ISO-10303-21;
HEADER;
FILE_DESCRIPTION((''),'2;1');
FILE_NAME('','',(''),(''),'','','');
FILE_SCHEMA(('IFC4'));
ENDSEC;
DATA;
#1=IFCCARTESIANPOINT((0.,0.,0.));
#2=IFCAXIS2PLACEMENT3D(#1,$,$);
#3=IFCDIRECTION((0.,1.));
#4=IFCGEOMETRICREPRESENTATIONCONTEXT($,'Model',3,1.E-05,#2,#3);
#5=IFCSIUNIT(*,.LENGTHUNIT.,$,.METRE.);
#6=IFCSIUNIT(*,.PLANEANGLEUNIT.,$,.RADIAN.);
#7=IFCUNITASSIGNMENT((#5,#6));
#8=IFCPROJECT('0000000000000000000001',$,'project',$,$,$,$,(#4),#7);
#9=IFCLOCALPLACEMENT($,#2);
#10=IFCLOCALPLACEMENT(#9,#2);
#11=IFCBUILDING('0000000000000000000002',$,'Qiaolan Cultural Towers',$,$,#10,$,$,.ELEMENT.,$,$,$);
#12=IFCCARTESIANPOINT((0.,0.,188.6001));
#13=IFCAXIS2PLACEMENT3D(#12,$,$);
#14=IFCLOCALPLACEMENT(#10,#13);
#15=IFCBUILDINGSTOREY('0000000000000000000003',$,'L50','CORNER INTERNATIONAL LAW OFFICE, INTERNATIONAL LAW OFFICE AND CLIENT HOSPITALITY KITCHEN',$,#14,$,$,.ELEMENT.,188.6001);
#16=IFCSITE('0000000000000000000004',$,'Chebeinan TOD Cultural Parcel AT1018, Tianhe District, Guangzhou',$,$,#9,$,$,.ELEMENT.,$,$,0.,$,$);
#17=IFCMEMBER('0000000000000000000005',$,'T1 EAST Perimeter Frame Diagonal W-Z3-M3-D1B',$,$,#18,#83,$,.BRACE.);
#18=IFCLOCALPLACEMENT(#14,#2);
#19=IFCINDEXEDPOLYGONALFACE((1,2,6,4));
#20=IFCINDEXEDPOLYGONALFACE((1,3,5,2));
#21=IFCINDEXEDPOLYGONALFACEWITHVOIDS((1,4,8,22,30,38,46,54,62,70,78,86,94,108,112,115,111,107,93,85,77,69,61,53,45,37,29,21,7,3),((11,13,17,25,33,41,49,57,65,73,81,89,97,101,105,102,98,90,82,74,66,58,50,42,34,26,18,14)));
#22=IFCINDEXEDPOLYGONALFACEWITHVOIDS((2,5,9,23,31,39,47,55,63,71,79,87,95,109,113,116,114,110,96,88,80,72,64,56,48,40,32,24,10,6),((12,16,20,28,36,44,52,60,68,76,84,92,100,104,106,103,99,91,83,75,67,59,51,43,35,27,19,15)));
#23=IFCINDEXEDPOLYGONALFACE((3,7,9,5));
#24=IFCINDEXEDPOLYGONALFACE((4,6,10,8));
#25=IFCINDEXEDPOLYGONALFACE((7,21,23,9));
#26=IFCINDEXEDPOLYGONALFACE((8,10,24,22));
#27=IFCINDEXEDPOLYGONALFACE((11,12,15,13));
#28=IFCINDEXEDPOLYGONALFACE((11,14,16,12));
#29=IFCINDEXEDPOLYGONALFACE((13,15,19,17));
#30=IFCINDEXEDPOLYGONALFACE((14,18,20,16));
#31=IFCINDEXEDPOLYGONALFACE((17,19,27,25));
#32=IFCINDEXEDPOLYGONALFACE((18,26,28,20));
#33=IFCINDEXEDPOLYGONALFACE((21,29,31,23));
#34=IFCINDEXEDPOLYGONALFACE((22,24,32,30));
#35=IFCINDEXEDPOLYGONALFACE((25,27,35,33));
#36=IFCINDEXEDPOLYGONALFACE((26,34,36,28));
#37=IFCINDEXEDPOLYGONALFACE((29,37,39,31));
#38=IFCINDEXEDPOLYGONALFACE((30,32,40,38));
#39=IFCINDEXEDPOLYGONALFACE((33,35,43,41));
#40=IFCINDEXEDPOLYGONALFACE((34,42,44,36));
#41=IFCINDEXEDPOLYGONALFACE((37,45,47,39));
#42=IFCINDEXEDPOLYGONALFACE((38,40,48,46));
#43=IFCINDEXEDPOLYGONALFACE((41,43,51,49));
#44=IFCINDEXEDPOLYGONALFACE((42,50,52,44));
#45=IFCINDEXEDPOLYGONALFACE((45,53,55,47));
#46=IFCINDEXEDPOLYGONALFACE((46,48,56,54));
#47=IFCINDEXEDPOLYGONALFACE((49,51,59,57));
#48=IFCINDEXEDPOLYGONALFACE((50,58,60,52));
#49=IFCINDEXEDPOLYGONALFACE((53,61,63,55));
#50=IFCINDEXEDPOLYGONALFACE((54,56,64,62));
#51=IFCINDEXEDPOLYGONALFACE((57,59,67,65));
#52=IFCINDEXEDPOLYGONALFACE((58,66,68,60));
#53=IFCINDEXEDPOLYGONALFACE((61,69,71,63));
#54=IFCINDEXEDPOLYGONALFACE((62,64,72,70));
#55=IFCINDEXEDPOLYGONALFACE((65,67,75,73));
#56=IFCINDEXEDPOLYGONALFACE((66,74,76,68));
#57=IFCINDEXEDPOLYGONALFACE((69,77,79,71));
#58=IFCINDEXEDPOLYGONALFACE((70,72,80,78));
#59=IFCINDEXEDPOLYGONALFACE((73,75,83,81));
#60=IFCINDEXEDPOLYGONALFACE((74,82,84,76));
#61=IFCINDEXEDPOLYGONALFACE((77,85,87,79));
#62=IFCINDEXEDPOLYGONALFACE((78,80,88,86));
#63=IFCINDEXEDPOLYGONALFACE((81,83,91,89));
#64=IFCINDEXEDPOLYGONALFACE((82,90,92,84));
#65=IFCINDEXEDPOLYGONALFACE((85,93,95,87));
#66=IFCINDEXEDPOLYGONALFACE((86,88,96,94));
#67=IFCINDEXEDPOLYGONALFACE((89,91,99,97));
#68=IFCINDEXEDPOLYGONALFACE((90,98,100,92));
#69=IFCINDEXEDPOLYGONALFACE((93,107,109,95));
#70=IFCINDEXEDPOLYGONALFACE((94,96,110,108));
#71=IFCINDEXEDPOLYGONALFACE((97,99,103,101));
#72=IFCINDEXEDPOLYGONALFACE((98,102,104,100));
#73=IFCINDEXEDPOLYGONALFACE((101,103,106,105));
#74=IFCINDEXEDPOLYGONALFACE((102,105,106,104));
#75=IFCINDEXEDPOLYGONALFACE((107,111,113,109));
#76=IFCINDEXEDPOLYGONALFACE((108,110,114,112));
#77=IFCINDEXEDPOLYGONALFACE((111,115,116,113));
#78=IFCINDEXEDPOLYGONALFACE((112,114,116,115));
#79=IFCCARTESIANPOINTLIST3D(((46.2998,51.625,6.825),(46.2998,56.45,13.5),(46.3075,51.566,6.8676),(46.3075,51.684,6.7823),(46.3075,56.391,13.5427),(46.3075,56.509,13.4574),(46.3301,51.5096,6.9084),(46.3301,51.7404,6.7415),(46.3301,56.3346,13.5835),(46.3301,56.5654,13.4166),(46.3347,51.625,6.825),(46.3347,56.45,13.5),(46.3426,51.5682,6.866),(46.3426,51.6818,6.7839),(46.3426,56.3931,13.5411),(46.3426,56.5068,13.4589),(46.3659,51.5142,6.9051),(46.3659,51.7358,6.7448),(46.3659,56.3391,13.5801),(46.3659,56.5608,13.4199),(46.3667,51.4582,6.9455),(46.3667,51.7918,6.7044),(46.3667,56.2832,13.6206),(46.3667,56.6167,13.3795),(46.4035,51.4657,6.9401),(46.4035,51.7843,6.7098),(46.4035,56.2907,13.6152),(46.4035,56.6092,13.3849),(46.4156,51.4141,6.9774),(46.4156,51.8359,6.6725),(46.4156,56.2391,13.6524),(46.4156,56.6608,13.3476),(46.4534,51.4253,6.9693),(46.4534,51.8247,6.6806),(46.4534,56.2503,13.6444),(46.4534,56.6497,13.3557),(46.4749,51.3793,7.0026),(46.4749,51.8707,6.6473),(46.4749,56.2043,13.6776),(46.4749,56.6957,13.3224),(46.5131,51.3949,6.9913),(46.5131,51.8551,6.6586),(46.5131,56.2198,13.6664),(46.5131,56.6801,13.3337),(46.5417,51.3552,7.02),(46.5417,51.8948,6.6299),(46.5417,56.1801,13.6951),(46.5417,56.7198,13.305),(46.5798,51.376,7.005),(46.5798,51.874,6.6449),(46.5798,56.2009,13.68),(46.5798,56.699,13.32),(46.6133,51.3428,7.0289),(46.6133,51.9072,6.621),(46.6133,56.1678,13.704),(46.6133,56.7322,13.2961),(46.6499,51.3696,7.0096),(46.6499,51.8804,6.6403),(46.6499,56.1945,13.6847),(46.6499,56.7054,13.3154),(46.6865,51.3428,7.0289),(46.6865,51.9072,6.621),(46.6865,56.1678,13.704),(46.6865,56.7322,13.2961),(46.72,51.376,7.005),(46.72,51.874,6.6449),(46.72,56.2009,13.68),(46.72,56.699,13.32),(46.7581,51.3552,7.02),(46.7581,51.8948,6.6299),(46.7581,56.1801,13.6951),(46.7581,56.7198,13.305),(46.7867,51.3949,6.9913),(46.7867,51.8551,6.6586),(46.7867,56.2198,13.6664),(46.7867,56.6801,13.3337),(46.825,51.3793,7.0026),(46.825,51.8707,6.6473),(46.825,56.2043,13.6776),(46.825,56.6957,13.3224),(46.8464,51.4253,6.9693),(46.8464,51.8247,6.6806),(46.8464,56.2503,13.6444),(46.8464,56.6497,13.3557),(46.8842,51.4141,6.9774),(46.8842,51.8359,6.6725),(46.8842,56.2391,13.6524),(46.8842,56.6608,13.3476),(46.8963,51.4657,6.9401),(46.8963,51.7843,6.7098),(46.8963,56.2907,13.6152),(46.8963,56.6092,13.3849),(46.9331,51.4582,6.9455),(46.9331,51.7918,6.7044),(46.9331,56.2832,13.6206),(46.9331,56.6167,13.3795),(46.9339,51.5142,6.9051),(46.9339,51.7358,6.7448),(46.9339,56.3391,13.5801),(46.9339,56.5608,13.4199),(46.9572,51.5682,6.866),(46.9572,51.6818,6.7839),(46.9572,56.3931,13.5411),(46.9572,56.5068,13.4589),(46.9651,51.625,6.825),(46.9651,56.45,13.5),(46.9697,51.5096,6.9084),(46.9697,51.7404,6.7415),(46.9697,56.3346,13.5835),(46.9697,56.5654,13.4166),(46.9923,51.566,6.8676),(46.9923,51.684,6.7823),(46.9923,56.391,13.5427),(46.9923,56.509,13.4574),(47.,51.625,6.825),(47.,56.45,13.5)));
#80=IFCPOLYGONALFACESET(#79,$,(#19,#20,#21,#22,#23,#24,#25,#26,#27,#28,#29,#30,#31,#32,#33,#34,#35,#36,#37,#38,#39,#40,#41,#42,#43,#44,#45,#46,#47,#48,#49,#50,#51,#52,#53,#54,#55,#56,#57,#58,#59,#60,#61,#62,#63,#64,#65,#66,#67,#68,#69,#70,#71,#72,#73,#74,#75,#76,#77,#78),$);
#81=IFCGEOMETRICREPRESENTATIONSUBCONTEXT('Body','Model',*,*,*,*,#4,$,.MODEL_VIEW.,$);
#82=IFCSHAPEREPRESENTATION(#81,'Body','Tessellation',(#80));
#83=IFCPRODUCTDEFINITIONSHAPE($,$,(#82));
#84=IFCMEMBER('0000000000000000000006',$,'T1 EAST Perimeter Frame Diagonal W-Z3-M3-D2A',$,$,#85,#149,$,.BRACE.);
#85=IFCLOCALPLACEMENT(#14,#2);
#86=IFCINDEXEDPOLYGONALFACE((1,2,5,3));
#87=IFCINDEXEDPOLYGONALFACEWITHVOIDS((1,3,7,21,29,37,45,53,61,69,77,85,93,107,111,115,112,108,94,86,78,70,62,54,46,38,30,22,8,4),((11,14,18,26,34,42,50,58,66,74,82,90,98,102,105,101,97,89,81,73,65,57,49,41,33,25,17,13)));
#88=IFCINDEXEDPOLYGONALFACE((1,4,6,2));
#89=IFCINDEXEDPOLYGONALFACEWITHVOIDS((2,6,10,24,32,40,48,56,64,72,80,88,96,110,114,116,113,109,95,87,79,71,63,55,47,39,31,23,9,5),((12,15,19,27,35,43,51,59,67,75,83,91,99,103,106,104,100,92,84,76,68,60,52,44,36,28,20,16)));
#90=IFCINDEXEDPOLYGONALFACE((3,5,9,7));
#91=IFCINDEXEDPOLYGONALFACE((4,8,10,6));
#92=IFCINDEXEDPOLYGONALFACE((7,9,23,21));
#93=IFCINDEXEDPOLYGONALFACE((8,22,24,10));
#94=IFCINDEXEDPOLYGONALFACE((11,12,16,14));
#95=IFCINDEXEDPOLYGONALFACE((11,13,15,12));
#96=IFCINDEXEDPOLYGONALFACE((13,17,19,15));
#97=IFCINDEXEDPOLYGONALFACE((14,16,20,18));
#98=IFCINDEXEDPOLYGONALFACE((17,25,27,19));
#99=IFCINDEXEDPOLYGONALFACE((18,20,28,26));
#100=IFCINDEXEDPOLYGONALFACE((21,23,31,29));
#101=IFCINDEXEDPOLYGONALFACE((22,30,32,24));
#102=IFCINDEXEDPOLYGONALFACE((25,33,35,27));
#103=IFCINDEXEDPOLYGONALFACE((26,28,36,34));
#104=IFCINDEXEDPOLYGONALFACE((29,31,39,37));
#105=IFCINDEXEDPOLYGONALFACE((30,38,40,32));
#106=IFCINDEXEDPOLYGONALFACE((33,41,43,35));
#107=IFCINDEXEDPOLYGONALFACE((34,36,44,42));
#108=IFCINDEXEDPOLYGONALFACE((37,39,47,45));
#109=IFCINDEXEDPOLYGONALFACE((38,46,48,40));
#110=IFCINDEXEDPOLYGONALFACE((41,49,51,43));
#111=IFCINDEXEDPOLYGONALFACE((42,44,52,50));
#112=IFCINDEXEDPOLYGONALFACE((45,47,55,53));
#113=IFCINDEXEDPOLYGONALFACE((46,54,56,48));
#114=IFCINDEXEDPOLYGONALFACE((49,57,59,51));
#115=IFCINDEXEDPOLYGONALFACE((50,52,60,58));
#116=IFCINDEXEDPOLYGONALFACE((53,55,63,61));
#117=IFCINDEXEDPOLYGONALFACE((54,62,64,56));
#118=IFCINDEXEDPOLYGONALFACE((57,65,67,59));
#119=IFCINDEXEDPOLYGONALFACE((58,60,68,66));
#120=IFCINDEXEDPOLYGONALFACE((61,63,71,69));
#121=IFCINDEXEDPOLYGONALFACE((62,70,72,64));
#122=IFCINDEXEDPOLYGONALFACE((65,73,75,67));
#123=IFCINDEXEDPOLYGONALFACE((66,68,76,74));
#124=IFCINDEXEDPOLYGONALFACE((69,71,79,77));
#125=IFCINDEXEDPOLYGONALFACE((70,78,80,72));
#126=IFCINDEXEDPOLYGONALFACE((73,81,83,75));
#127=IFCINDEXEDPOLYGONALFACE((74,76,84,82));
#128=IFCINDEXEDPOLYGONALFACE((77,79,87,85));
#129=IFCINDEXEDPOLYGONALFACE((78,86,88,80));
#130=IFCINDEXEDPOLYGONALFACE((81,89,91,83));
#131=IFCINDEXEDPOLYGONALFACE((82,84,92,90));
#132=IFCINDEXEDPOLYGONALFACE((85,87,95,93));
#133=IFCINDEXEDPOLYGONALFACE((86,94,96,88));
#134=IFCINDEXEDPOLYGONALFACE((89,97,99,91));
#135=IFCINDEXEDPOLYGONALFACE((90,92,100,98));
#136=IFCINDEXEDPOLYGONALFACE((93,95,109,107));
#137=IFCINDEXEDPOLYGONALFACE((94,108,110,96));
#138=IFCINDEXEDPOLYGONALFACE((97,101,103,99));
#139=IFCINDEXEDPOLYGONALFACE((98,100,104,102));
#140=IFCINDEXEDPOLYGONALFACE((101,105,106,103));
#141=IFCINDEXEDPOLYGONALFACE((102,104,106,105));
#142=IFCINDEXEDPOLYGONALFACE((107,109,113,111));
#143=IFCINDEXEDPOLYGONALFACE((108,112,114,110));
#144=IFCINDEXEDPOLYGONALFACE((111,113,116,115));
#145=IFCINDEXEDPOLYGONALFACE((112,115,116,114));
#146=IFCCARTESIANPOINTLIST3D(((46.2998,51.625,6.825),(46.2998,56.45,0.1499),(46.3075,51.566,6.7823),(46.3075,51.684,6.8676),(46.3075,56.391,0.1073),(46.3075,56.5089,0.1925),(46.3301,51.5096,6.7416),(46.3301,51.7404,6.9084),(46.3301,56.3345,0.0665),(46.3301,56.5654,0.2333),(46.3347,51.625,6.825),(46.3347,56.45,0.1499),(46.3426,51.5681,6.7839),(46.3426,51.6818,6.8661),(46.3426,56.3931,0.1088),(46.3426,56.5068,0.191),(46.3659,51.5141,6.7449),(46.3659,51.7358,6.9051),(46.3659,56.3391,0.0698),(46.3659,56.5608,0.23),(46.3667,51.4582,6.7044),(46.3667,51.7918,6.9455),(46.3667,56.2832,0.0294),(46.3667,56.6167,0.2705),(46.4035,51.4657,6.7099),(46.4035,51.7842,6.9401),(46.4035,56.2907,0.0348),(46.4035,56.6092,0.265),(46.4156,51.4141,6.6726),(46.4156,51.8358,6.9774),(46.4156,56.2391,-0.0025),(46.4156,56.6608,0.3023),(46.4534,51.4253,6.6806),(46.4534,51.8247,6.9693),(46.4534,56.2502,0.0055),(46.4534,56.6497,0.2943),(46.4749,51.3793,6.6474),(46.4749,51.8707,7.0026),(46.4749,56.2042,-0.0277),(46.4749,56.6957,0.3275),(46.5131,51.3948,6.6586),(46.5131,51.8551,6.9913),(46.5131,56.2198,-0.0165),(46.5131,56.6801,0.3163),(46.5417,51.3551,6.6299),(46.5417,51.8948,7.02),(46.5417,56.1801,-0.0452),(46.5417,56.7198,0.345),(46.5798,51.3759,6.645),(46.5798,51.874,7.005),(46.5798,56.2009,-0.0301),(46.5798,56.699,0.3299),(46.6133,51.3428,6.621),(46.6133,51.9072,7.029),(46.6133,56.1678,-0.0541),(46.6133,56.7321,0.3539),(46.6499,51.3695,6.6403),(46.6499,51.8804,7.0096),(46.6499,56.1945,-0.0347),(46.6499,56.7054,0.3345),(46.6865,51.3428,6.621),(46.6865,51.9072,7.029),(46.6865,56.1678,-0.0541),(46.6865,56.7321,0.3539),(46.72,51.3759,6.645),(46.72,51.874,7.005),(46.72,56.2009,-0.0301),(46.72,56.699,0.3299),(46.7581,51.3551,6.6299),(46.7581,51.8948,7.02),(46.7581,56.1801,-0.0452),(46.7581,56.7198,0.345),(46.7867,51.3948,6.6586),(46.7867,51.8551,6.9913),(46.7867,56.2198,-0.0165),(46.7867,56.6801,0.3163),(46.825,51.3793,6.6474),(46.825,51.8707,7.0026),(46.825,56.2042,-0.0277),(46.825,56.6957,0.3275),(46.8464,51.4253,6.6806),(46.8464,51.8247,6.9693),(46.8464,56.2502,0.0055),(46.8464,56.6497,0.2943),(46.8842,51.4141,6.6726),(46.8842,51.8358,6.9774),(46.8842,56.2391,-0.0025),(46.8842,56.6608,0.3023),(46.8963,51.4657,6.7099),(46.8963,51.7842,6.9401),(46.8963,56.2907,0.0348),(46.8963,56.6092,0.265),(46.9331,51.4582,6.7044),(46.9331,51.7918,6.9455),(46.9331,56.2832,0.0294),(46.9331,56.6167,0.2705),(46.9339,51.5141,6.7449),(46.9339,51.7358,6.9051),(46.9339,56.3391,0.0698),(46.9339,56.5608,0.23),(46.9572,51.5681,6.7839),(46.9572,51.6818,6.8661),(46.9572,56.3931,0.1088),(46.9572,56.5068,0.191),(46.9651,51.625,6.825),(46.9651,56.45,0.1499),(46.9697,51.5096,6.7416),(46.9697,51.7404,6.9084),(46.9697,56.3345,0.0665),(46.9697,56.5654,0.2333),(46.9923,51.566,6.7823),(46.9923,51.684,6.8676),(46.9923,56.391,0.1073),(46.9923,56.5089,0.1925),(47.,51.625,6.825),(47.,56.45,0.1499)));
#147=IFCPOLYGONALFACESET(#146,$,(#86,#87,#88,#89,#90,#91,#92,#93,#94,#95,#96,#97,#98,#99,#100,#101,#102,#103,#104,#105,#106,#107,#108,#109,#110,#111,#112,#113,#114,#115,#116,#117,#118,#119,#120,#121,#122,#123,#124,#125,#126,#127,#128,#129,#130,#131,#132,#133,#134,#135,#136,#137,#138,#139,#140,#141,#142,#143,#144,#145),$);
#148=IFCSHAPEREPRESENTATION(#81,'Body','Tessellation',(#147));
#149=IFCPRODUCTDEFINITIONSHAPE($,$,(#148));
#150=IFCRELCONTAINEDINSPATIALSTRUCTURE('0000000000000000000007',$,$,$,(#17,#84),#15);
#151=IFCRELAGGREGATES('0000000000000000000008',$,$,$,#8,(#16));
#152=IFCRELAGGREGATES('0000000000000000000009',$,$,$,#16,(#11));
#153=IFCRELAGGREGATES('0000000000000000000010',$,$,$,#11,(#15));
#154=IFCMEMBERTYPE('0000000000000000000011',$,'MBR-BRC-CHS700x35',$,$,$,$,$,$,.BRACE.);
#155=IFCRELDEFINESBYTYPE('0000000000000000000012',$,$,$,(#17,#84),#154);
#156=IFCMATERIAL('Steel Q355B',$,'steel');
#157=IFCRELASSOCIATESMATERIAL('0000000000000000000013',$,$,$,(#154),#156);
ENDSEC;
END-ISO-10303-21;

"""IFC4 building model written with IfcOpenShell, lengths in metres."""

from ifc_helpers import new_model, si_unit, direction, frame, origin, origin_2d, place, context, subcontext, project, spatial, hollow_circle, extrude, material, material_profile, profile_set, type_object, element, save


model = new_model("IFC4")

# Units and contexts
model_context = context("Model", 3, precision=1e-05, world=origin(), true_north=direction((0.0, 1.0)))
body_context = subcontext(model_context, "Body", "Model", "MODEL_VIEW")
ifc_project = project(units=[si_unit("LENGTHUNIT", "METRE"), si_unit("PLANEANGLEUNIT", "RADIAN")], contexts=[model_context])

# Site, building, storey
site_placement = place(None, origin())
site = spatial("IfcSite", under=ifc_project, at=site_placement, Name="Chebeinan TOD Cultural Parcel AT1018, Tianhe District, Guangzhou", CompositionType="ELEMENT", RefElevation=0.0)
building_placement = place(site_placement, origin())
building = spatial("IfcBuilding", under=site, at=building_placement, Name="Qiaolan Cultural Towers", CompositionType="ELEMENT")
storey_placement = place(building_placement, frame((0.0, 0.0, 188.6001)))
storey = spatial("IfcBuildingStorey", under=building, at=storey_placement, Name="L50", Description="CORNER INTERNATIONAL LAW OFFICE, INTERNATIONAL LAW OFFICE AND CLIENT HOSPITALITY KITCHEN", CompositionType="ELEMENT", Elevation=188.6001)

# Members
ifc_material_1 = material(Name="Steel Q355B", Category="steel")
ifc_material_profile_1 = material_profile(ifc_material_1, hollow_circle(Radius=0.3501, WallThickness=0.0349, at=origin_2d()), Name="CHS700x35")
ifc_profile_set_1 = profile_set([ifc_material_profile_1], Name="Steel Q355B")
member_type = type_object("IfcMemberType", Name="MBR-BRC-CHS700x35", PredefinedType="BRACE", material=ifc_profile_set_1)
for number, where, z_axis, x_axis, name in (
    (1, (46.6499, 51.625, 6.825), (0.0, 0.585816, 0.810444), (-1.0, 0.0, 0.0), "T1 EAST Perimeter Frame Diagonal W-Z3-M3-D1B"),
    (2, (46.6499, 56.45, 0.1499), (0.0, -0.585816, 0.810444), (1.0, 0.0, 0.0), "T1 EAST Perimeter Frame Diagonal W-Z3-M3-D2A"),
):
    element("IfcMember", number, at=place(storey_placement, frame(where, z_axis=z_axis, x_axis=x_axis)), inside=storey, type_object=member_type, Name=name, PredefinedType="BRACE", context=body_context, shape_type="SweptSolid", body=[
        extrude(hollow_circle(Radius=0.3501, WallThickness=0.0349, at=origin_2d()), origin(), (0.0, 0.0, 1.0), 8.2363),
    ])

save(model, "model.ifc")
